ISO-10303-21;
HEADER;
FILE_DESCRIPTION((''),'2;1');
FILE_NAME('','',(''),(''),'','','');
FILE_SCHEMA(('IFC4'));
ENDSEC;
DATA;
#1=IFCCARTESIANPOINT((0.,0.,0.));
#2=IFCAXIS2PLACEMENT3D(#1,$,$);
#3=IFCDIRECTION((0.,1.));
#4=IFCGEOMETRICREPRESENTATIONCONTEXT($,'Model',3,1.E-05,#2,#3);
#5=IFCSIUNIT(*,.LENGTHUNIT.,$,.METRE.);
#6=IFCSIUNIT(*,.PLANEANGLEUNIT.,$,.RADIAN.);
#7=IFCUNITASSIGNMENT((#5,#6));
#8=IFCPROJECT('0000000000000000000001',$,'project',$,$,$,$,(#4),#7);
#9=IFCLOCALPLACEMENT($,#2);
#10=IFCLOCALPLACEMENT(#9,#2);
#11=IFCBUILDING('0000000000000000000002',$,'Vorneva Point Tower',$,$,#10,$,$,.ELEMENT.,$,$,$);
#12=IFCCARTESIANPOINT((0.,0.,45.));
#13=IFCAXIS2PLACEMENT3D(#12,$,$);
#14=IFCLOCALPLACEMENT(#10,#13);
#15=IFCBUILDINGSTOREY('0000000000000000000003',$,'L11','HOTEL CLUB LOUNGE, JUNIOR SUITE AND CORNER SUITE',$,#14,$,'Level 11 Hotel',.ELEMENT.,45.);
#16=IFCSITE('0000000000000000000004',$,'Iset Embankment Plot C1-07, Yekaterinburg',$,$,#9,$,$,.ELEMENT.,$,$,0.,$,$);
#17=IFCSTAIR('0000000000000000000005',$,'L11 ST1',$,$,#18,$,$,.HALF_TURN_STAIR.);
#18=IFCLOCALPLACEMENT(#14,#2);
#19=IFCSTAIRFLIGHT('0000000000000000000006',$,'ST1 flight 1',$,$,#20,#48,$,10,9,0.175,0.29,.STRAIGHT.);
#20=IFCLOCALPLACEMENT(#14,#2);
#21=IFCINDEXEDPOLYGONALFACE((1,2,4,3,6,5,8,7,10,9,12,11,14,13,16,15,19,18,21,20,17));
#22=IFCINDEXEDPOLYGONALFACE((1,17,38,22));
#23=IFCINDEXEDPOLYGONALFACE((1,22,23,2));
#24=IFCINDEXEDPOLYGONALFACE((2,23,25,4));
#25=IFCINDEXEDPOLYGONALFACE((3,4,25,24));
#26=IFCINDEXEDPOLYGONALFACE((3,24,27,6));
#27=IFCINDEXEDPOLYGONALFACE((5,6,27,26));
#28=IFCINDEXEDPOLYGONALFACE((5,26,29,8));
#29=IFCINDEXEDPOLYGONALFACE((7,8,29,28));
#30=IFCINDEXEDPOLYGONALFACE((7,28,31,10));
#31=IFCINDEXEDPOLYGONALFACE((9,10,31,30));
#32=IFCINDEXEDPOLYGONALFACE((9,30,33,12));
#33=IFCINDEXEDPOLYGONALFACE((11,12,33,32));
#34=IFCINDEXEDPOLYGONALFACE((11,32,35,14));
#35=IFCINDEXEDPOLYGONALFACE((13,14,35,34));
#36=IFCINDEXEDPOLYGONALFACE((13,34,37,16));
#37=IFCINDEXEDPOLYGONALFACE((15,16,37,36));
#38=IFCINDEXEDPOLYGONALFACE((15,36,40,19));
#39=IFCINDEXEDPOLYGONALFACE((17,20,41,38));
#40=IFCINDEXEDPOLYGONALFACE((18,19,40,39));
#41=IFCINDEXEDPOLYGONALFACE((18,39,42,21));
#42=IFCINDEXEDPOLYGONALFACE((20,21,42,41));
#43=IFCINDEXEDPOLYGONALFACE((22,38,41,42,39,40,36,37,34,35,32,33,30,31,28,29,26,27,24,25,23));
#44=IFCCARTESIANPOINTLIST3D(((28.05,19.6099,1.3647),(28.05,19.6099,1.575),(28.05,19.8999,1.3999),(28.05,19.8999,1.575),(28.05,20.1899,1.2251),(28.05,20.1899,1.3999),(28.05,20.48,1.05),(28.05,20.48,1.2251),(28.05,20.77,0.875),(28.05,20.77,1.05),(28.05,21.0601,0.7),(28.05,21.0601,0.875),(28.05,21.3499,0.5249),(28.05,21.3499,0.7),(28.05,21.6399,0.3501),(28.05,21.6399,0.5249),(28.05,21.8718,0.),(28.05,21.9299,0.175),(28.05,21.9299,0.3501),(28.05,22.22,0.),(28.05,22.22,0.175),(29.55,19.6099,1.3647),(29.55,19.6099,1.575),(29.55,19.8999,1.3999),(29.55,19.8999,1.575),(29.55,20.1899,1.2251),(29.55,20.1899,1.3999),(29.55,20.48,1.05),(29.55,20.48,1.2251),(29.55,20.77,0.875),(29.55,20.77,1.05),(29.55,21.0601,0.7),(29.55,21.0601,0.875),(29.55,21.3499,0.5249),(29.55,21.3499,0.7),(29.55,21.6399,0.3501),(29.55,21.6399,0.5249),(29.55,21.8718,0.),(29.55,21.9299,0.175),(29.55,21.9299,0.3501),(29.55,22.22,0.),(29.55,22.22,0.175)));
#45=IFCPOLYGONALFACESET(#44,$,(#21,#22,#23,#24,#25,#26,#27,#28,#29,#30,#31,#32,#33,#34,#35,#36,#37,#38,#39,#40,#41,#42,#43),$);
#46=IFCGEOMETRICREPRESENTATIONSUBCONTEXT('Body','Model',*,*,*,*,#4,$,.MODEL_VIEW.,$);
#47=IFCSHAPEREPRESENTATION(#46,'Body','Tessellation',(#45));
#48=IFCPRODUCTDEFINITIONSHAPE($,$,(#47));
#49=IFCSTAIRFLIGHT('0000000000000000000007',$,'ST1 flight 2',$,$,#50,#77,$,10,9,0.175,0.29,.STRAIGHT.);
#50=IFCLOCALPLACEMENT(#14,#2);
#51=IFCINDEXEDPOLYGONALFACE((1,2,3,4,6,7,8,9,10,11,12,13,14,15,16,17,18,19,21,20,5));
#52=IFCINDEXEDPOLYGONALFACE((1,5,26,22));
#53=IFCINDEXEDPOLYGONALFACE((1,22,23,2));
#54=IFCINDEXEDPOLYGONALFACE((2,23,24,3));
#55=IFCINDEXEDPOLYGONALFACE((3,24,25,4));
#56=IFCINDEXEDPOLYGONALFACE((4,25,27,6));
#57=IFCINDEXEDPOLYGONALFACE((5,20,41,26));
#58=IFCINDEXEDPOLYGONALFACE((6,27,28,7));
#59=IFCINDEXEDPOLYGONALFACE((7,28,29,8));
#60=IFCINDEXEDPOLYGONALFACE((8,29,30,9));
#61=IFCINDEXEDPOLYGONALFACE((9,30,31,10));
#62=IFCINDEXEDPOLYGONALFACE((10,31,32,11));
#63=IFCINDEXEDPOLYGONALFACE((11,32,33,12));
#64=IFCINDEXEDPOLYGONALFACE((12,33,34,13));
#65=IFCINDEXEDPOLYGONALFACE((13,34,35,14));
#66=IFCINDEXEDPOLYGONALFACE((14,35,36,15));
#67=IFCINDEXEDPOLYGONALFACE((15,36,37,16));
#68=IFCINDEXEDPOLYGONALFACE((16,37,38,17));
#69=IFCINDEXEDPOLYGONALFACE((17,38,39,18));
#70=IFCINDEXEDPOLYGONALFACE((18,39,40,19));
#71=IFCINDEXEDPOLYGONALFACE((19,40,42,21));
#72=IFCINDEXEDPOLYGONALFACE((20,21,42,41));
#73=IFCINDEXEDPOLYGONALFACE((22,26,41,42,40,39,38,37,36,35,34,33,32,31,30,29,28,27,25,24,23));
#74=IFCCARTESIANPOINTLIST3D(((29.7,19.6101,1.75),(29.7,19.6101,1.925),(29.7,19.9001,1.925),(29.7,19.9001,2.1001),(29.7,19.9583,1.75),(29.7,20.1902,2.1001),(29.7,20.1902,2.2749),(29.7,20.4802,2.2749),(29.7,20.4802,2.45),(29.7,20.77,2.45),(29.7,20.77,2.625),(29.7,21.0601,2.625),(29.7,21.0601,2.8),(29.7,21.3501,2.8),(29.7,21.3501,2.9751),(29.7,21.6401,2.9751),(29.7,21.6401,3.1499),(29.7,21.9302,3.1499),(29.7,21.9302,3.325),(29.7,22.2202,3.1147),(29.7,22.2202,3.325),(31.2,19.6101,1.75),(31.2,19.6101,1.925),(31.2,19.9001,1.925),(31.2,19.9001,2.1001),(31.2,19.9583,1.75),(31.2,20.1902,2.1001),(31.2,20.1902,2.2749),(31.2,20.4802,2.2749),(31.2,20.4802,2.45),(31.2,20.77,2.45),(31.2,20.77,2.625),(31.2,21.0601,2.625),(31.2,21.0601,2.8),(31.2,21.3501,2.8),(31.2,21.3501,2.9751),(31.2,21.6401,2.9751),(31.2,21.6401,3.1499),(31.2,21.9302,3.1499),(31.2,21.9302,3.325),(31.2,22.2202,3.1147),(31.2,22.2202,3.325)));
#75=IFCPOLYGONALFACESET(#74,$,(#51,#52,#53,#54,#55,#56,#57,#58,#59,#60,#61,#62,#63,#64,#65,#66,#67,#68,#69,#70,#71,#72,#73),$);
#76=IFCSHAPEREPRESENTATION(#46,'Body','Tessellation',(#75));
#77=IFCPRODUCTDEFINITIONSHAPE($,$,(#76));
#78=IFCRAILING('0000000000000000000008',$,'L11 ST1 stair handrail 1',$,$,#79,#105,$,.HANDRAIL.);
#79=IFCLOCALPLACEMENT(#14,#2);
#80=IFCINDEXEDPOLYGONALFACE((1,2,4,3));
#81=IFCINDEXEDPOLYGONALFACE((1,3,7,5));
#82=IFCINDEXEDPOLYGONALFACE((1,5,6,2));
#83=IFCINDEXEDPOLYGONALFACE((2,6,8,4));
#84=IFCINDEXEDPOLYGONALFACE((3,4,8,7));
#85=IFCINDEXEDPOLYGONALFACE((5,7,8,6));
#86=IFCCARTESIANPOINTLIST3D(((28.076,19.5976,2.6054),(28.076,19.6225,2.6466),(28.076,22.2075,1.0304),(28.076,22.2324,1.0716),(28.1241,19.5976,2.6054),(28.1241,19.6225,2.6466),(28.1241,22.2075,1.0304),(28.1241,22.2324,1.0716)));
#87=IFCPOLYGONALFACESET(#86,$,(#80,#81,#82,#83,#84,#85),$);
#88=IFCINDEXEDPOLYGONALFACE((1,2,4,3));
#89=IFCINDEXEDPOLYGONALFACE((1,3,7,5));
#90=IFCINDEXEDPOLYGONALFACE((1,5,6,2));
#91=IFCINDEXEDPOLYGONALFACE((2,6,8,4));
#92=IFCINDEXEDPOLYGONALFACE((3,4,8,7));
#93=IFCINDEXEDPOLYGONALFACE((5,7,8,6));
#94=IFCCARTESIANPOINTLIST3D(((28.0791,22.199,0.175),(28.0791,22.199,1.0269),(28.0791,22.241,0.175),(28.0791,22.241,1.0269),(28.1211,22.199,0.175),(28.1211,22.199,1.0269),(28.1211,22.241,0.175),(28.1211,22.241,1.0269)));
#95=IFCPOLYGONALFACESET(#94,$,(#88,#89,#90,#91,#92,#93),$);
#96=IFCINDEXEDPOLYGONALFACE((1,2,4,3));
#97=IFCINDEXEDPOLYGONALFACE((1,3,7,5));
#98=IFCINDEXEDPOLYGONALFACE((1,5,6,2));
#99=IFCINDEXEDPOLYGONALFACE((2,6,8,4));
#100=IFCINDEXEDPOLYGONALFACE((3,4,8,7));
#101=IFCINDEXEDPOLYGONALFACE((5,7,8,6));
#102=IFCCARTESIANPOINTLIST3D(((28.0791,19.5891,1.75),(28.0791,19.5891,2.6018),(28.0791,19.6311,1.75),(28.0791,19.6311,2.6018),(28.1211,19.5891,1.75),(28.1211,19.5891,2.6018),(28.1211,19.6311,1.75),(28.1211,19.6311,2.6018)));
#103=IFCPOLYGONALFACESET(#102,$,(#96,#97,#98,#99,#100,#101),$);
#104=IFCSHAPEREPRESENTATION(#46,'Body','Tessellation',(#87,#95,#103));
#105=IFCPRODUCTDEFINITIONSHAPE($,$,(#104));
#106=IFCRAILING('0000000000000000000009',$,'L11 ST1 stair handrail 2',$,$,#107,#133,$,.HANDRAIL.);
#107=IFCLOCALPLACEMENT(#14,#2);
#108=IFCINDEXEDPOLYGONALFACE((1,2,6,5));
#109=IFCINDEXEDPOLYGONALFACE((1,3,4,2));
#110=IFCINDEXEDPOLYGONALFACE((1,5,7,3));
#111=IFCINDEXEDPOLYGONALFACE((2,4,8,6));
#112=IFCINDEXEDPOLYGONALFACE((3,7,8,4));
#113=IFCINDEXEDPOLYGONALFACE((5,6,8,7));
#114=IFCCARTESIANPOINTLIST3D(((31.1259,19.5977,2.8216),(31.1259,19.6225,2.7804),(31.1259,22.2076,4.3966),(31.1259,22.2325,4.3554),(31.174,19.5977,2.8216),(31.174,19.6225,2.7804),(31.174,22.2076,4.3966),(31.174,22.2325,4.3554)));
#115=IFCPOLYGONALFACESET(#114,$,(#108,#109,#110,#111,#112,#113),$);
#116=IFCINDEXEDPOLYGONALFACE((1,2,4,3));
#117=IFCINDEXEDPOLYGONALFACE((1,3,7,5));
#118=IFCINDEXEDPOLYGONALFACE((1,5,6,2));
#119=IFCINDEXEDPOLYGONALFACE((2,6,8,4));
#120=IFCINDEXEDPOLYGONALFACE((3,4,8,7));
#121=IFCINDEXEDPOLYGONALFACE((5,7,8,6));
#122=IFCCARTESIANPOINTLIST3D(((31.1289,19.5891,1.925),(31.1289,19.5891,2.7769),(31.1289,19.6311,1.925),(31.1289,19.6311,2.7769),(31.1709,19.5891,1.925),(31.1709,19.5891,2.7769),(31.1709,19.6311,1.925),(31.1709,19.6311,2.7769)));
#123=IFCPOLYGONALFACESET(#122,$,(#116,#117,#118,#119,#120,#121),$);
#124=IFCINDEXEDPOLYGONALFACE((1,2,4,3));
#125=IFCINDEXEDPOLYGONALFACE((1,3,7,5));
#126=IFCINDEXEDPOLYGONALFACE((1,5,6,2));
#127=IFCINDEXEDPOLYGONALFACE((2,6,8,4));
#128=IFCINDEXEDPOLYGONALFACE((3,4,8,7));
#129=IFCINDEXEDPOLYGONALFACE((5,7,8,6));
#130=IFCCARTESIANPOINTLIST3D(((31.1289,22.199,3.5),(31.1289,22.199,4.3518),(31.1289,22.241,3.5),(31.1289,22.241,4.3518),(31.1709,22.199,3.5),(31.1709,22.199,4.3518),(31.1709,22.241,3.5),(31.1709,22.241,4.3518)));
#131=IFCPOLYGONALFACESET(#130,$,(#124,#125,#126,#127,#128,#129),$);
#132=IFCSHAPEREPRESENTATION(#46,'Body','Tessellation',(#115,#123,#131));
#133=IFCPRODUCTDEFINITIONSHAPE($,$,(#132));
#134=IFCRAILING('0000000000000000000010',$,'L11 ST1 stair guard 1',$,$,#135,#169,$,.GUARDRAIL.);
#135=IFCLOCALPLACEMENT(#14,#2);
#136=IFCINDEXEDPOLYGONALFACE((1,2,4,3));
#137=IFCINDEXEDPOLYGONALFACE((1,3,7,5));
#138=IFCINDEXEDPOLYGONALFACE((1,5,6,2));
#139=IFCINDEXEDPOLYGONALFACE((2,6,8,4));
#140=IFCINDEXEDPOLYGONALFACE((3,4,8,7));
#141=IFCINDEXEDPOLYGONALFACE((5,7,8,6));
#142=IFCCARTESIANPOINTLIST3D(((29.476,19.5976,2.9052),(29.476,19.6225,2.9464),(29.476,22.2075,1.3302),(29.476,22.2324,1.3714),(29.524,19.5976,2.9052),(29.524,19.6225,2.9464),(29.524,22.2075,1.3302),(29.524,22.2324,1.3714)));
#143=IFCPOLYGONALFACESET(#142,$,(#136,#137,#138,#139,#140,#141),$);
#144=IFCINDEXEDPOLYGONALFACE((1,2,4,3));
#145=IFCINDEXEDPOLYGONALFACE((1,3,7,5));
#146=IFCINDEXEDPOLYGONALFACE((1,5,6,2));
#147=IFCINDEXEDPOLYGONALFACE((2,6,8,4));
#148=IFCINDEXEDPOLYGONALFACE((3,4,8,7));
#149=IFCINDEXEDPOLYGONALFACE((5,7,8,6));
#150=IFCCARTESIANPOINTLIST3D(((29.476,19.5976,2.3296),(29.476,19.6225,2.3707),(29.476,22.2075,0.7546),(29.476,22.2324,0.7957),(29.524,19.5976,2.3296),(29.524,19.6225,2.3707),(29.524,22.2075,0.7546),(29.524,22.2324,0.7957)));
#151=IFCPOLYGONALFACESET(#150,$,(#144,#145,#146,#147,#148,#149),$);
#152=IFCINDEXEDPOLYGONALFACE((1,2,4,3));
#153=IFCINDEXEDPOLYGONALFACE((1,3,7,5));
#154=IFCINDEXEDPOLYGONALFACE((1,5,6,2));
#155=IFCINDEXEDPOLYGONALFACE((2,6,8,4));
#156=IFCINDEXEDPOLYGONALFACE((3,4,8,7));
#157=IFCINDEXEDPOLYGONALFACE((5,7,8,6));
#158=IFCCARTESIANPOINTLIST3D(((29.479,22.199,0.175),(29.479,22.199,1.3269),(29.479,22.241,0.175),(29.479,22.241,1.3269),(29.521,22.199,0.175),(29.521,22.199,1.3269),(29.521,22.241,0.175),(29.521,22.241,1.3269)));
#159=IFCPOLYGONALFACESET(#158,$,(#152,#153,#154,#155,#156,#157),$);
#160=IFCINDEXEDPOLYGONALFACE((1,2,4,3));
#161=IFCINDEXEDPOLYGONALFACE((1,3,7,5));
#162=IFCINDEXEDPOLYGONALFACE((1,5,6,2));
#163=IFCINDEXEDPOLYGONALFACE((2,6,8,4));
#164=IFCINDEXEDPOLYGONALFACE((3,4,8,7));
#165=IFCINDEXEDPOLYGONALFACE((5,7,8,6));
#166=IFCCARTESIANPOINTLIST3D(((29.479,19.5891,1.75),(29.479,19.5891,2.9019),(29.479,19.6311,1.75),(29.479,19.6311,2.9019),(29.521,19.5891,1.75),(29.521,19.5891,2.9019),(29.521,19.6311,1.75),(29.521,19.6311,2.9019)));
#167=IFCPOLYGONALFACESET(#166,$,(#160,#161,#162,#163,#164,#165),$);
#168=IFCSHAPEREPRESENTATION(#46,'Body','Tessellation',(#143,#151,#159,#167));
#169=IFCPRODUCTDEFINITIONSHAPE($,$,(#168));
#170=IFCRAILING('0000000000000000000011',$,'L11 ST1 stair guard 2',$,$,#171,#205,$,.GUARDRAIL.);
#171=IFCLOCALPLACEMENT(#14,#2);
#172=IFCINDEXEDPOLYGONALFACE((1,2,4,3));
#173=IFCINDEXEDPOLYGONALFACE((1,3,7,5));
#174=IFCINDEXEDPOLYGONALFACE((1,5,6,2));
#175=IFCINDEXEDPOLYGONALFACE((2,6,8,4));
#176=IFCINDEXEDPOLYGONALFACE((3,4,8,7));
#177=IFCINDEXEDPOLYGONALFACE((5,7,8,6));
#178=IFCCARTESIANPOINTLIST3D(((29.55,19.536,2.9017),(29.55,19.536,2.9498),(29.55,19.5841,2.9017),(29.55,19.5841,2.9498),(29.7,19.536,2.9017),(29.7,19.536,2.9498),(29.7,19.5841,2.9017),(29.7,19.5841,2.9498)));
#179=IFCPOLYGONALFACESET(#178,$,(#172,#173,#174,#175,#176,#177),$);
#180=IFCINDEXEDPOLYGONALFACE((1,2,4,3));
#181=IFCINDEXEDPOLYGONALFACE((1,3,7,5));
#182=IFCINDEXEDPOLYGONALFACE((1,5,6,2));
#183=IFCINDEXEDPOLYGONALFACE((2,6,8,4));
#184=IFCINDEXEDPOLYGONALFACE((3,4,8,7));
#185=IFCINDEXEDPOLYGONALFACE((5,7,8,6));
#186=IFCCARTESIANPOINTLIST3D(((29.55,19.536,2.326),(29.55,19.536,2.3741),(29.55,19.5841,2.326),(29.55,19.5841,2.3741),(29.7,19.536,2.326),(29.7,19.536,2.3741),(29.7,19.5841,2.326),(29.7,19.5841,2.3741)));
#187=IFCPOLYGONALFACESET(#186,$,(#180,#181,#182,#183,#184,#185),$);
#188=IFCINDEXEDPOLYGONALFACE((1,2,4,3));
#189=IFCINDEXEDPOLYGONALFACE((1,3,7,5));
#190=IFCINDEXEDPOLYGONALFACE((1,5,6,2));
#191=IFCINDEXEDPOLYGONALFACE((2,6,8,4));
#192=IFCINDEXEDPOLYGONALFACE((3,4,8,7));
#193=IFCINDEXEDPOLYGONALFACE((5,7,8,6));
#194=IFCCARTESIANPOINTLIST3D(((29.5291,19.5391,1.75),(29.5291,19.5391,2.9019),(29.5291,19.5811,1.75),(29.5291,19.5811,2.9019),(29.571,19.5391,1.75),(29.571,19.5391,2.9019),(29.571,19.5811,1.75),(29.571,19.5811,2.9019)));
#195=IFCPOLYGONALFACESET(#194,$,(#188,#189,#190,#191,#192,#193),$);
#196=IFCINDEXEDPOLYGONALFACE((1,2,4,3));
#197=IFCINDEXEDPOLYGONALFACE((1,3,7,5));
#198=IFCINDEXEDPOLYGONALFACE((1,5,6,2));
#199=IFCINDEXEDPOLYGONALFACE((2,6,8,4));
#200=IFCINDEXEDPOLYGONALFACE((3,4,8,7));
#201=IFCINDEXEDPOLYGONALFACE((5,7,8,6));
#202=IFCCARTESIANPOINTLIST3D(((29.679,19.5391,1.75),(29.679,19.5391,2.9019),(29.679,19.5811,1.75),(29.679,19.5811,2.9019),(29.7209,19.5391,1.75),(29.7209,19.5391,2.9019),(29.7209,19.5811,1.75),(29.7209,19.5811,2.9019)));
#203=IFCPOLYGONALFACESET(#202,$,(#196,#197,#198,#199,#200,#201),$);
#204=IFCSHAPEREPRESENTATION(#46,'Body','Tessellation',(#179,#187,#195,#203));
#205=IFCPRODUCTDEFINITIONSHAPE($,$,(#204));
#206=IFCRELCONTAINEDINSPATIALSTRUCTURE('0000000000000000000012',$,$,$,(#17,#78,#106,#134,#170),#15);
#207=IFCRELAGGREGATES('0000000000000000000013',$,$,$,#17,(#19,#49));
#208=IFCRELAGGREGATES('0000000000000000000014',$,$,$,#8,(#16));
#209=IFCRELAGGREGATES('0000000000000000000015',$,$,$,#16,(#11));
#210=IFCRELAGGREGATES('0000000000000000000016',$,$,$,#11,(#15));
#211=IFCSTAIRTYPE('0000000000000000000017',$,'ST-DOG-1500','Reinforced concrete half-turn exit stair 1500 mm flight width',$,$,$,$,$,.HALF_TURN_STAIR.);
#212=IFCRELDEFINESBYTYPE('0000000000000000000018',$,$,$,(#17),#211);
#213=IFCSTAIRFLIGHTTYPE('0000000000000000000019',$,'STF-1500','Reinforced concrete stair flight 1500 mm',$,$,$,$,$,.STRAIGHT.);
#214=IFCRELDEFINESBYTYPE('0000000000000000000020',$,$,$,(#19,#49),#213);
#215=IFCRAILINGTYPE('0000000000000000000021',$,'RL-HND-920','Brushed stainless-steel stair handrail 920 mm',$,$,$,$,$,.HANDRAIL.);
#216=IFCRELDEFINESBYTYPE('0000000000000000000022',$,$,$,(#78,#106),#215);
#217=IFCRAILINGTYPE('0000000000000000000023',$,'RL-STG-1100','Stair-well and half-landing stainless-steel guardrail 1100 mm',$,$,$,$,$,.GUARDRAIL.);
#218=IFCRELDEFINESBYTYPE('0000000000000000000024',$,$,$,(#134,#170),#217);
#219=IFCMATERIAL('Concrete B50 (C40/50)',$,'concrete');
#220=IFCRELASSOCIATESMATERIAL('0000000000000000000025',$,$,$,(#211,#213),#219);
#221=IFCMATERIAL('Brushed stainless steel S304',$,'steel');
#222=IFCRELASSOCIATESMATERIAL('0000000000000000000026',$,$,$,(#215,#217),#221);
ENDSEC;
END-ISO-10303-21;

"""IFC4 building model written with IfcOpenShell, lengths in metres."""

from ifc_helpers import new_model, si_unit, direction, frame, origin, origin_2d, place, context, subcontext, project, spatial, polyline, rectangle, outline, extrude, material, type_object, element, aggregate, save


model = new_model("IFC4")

# Units and contexts
model_context = context("Model", 3, precision=1e-05, world=origin(), true_north=direction((0.0, 1.0)))
body_context = subcontext(model_context, "Body", "Model", "MODEL_VIEW")
ifc_project = project(units=[si_unit("LENGTHUNIT", "METRE"), si_unit("PLANEANGLEUNIT", "RADIAN")], contexts=[model_context])

# Site, building, storey
site_placement = place(None, origin())
site = spatial("IfcSite", under=ifc_project, at=site_placement, Name="Iset Embankment Plot C1-07, Yekaterinburg", CompositionType="ELEMENT", RefElevation=0.0)
building_placement = place(site_placement, origin())
building = spatial("IfcBuilding", under=site, at=building_placement, Name="Vorneva Point Tower", CompositionType="ELEMENT")
storey_placement = place(building_placement, frame((0.0, 0.0, 45.0)))
storey = spatial("IfcBuildingStorey", under=building, at=storey_placement, Name="L11", Description="HOTEL CLUB LOUNGE, JUNIOR SUITE AND CORNER SUITE", LongName="Level 11 Hotel", CompositionType="ELEMENT", Elevation=45.0)

# Shared definitions
ifc_material_1 = material(Name="Concrete B50 (C40/50)", Category="concrete")

# Stair, stair flights
stair_type = type_object("IfcStairType", Name="ST-DOG-1500", Description="Reinforced concrete half-turn exit stair 1500 mm flight width", PredefinedType="HALF_TURN_STAIR", material=ifc_material_1)
stair_placement = place(storey_placement, origin())
stair = element("IfcStair", 1, at=stair_placement, inside=storey, type_object=stair_type, Name="L11 ST1", PredefinedType="HALF_TURN_STAIR")
stair_flight_type = type_object("IfcStairFlightType", Name="STF-1500", Description="Reinforced concrete stair flight 1500 mm", PredefinedType="STRAIGHT", material=ifc_material_1)
stair_flight_1_placement = place(storey_placement, frame((28.8, 22.22, 0.0), z_axis=(0.0, 0.0, 1.0), x_axis=(0.0, -1.0, 0.0)))
stair_flight_1 = element("IfcStairFlight", 2, at=stair_flight_1_placement, type_object=stair_flight_type, Name="ST1 flight 1", NumberOfRisers=10, NumberOfTreads=9, PredefinedType="STRAIGHT", RiserHeight=0.175, TreadLength=0.29, context=body_context, shape_type="SweptSolid", body=[
    extrude(outline(polyline([(0.0, 0.0), (0.0, 0.175), (0.29, 0.175), (0.29, 0.3501), (0.5801, 0.3501), (0.5801, 0.5249), (0.8701, 0.5249), (0.8701, 0.7), (1.1599, 0.7), (1.1599, 0.875), (1.45, 0.875), (1.45, 1.05), (1.74, 1.05), (1.74, 1.2251), (2.03, 1.2251), (2.03, 1.3999), (2.3201, 1.3999), (2.3201, 1.575), (2.6101, 1.575), (2.6101, 1.75), (2.6101, 1.3647), (0.3481, 0.0), (0.0, 0.0)])), frame((0.0, 0.75, 0.0), z_axis=(0.0, -1.0, 0.0), x_axis=(1.0, 0.0, 0.0)), (0.0, 0.0, 1.0), 1.5),
])
stair_flight_2_placement = place(storey_placement, frame((30.45, 19.6101, 1.75), z_axis=(0.0, 0.0, 1.0), x_axis=(0.0, 1.0, 0.0)))
stair_flight_2 = element("IfcStairFlight", 3, at=stair_flight_2_placement, type_object=stair_flight_type, Name="ST1 flight 2", NumberOfRisers=10, NumberOfTreads=9, PredefinedType="STRAIGHT", RiserHeight=0.175, TreadLength=0.29, context=body_context, shape_type="SweptSolid", body=[
    extrude(outline(polyline([(0.0, 0.0), (0.0, 0.175), (0.29, 0.175), (0.29, 0.3501), (0.5801, 0.3501), (0.5801, 0.5249), (0.8701, 0.5249), (0.8701, 0.7), (1.1599, 0.7), (1.1599, 0.875), (1.45, 0.875), (1.45, 1.05), (1.74, 1.05), (1.74, 1.2251), (2.03, 1.2251), (2.03, 1.3999), (2.3201, 1.3999), (2.3201, 1.575), (2.6101, 1.575), (2.6101, 1.75), (2.6101, 1.3647), (0.3481, 0.0), (0.0, 0.0)])), frame((0.0, 0.75, 0.0), z_axis=(0.0, -1.0, 0.0), x_axis=(1.0, 0.0, 0.0)), (0.0, 0.0, 1.0), 1.5),
])
aggregate(stair, [stair_flight_1, stair_flight_2])

# Railings
ifc_material_2 = material(Name="Brushed stainless steel S304", Category="steel")
railing_type_1 = type_object("IfcRailingType", Name="RL-HND-920", Description="Brushed stainless-steel stair handrail 920 mm", PredefinedType="HANDRAIL", material=ifc_material_2)
railing_1_placement = place(storey_placement, frame((28.1001, 22.22, 0.175)))
element("IfcRailing", 4, at=railing_1_placement, inside=storey, type_object=railing_type_1, Name="L11 ST1 stair handrail 1", PredefinedType="HANDRAIL", context=body_context, shape_type="SweptSolid", body=[
    extrude(rectangle(XDim=0.0481, YDim=0.0481, at=origin_2d()), frame((0.0, 0.0, 0.876), z_axis=(0.0, -0.856183, 0.516673), x_axis=(1.0, 0.0, 0.0)), (0.0, 0.0, 1.0), 3.0483),
    extrude(rectangle(XDim=0.042, YDim=0.042, at=origin_2d()), origin(), (0.0, 0.0, 1.0), 0.8518),
    extrude(rectangle(XDim=0.042, YDim=0.042, at=origin_2d()), frame((0.0, -2.6099, 1.575)), (0.0, 0.0, 1.0), 0.8518),
])
railing_2_placement = place(storey_placement, frame((31.1499, 19.6101, 1.925)))
element("IfcRailing", 5, at=railing_2_placement, inside=storey, type_object=railing_type_1, Name="L11 ST1 stair handrail 2", PredefinedType="HANDRAIL", context=body_context, shape_type="SweptSolid", body=[
    extrude(rectangle(XDim=0.0481, YDim=0.0481, at=origin_2d()), frame((0.0, 0.0, 0.876), z_axis=(0.0, 0.856183, 0.516673), x_axis=(-1.0, 0.0, 0.0)), (0.0, 0.0, 1.0), 3.0483),
    extrude(rectangle(XDim=0.042, YDim=0.042, at=origin_2d()), origin(), (0.0, 0.0, 1.0), 0.8518),
    extrude(rectangle(XDim=0.042, YDim=0.042, at=origin_2d()), frame((0.0, 2.6099, 1.575)), (0.0, 0.0, 1.0), 0.8518),
])
railing_type_2 = type_object("IfcRailingType", Name="RL-STG-1100", Description="Stair-well and half-landing stainless-steel guardrail 1100 mm", PredefinedType="GUARDRAIL", material=ifc_material_2)
railing_3_placement = place(storey_placement, frame((29.5, 22.22, 0.175)))
element("IfcRailing", 6, at=railing_3_placement, inside=storey, type_object=railing_type_2, Name="L11 ST1 stair guard 1", PredefinedType="GUARDRAIL", context=body_context, shape_type="SweptSolid", body=[
    extrude(rectangle(XDim=0.0481, YDim=0.0481, at=origin_2d()), frame((0.0, 0.0, 1.1758), z_axis=(0.0, -0.856183, 0.516673), x_axis=(1.0, 0.0, 0.0)), (0.0, 0.0, 1.0), 3.0483),
    extrude(rectangle(XDim=0.0481, YDim=0.0481, at=origin_2d()), frame((0.0, 0.0, 0.6001), z_axis=(0.0, -0.856183, 0.516673), x_axis=(1.0, 0.0, 0.0)), (0.0, 0.0, 1.0), 3.0483),
    extrude(rectangle(XDim=0.042, YDim=0.042, at=origin_2d()), origin(), (0.0, 0.0, 1.0), 1.1519),
    extrude(rectangle(XDim=0.042, YDim=0.042, at=origin_2d()), frame((0.0, -2.6099, 1.575)), (0.0, 0.0, 1.0), 1.1519),
])
railing_4_placement = place(storey_placement, frame((29.55, 19.5601, 1.75)))
element("IfcRailing", 7, at=railing_4_placement, inside=storey, type_object=railing_type_2, Name="L11 ST1 stair guard 2", PredefinedType="GUARDRAIL", context=body_context, shape_type="SweptSolid", body=[
    extrude(rectangle(XDim=0.0481, YDim=0.0481, at=origin_2d()), frame((0.0, 0.0, 1.1758), z_axis=(1.0, 0.0, 0.0), x_axis=(0.0, 1.0, 0.0)), (0.0, 0.0, 1.0), 0.1499),
    extrude(rectangle(XDim=0.0481, YDim=0.0481, at=origin_2d()), frame((0.0, 0.0, 0.6001), z_axis=(1.0, 0.0, 0.0), x_axis=(0.0, 1.0, 0.0)), (0.0, 0.0, 1.0), 0.1499),
    extrude(rectangle(XDim=0.042, YDim=0.042, at=origin_2d()), origin(), (0.0, 0.0, 1.0), 1.1519),
    extrude(rectangle(XDim=0.042, YDim=0.042, at=origin_2d()), frame((0.1499, 0.0, 0.0)), (0.0, 0.0, 1.0), 1.1519),
])

save(model, "model.ifc")
